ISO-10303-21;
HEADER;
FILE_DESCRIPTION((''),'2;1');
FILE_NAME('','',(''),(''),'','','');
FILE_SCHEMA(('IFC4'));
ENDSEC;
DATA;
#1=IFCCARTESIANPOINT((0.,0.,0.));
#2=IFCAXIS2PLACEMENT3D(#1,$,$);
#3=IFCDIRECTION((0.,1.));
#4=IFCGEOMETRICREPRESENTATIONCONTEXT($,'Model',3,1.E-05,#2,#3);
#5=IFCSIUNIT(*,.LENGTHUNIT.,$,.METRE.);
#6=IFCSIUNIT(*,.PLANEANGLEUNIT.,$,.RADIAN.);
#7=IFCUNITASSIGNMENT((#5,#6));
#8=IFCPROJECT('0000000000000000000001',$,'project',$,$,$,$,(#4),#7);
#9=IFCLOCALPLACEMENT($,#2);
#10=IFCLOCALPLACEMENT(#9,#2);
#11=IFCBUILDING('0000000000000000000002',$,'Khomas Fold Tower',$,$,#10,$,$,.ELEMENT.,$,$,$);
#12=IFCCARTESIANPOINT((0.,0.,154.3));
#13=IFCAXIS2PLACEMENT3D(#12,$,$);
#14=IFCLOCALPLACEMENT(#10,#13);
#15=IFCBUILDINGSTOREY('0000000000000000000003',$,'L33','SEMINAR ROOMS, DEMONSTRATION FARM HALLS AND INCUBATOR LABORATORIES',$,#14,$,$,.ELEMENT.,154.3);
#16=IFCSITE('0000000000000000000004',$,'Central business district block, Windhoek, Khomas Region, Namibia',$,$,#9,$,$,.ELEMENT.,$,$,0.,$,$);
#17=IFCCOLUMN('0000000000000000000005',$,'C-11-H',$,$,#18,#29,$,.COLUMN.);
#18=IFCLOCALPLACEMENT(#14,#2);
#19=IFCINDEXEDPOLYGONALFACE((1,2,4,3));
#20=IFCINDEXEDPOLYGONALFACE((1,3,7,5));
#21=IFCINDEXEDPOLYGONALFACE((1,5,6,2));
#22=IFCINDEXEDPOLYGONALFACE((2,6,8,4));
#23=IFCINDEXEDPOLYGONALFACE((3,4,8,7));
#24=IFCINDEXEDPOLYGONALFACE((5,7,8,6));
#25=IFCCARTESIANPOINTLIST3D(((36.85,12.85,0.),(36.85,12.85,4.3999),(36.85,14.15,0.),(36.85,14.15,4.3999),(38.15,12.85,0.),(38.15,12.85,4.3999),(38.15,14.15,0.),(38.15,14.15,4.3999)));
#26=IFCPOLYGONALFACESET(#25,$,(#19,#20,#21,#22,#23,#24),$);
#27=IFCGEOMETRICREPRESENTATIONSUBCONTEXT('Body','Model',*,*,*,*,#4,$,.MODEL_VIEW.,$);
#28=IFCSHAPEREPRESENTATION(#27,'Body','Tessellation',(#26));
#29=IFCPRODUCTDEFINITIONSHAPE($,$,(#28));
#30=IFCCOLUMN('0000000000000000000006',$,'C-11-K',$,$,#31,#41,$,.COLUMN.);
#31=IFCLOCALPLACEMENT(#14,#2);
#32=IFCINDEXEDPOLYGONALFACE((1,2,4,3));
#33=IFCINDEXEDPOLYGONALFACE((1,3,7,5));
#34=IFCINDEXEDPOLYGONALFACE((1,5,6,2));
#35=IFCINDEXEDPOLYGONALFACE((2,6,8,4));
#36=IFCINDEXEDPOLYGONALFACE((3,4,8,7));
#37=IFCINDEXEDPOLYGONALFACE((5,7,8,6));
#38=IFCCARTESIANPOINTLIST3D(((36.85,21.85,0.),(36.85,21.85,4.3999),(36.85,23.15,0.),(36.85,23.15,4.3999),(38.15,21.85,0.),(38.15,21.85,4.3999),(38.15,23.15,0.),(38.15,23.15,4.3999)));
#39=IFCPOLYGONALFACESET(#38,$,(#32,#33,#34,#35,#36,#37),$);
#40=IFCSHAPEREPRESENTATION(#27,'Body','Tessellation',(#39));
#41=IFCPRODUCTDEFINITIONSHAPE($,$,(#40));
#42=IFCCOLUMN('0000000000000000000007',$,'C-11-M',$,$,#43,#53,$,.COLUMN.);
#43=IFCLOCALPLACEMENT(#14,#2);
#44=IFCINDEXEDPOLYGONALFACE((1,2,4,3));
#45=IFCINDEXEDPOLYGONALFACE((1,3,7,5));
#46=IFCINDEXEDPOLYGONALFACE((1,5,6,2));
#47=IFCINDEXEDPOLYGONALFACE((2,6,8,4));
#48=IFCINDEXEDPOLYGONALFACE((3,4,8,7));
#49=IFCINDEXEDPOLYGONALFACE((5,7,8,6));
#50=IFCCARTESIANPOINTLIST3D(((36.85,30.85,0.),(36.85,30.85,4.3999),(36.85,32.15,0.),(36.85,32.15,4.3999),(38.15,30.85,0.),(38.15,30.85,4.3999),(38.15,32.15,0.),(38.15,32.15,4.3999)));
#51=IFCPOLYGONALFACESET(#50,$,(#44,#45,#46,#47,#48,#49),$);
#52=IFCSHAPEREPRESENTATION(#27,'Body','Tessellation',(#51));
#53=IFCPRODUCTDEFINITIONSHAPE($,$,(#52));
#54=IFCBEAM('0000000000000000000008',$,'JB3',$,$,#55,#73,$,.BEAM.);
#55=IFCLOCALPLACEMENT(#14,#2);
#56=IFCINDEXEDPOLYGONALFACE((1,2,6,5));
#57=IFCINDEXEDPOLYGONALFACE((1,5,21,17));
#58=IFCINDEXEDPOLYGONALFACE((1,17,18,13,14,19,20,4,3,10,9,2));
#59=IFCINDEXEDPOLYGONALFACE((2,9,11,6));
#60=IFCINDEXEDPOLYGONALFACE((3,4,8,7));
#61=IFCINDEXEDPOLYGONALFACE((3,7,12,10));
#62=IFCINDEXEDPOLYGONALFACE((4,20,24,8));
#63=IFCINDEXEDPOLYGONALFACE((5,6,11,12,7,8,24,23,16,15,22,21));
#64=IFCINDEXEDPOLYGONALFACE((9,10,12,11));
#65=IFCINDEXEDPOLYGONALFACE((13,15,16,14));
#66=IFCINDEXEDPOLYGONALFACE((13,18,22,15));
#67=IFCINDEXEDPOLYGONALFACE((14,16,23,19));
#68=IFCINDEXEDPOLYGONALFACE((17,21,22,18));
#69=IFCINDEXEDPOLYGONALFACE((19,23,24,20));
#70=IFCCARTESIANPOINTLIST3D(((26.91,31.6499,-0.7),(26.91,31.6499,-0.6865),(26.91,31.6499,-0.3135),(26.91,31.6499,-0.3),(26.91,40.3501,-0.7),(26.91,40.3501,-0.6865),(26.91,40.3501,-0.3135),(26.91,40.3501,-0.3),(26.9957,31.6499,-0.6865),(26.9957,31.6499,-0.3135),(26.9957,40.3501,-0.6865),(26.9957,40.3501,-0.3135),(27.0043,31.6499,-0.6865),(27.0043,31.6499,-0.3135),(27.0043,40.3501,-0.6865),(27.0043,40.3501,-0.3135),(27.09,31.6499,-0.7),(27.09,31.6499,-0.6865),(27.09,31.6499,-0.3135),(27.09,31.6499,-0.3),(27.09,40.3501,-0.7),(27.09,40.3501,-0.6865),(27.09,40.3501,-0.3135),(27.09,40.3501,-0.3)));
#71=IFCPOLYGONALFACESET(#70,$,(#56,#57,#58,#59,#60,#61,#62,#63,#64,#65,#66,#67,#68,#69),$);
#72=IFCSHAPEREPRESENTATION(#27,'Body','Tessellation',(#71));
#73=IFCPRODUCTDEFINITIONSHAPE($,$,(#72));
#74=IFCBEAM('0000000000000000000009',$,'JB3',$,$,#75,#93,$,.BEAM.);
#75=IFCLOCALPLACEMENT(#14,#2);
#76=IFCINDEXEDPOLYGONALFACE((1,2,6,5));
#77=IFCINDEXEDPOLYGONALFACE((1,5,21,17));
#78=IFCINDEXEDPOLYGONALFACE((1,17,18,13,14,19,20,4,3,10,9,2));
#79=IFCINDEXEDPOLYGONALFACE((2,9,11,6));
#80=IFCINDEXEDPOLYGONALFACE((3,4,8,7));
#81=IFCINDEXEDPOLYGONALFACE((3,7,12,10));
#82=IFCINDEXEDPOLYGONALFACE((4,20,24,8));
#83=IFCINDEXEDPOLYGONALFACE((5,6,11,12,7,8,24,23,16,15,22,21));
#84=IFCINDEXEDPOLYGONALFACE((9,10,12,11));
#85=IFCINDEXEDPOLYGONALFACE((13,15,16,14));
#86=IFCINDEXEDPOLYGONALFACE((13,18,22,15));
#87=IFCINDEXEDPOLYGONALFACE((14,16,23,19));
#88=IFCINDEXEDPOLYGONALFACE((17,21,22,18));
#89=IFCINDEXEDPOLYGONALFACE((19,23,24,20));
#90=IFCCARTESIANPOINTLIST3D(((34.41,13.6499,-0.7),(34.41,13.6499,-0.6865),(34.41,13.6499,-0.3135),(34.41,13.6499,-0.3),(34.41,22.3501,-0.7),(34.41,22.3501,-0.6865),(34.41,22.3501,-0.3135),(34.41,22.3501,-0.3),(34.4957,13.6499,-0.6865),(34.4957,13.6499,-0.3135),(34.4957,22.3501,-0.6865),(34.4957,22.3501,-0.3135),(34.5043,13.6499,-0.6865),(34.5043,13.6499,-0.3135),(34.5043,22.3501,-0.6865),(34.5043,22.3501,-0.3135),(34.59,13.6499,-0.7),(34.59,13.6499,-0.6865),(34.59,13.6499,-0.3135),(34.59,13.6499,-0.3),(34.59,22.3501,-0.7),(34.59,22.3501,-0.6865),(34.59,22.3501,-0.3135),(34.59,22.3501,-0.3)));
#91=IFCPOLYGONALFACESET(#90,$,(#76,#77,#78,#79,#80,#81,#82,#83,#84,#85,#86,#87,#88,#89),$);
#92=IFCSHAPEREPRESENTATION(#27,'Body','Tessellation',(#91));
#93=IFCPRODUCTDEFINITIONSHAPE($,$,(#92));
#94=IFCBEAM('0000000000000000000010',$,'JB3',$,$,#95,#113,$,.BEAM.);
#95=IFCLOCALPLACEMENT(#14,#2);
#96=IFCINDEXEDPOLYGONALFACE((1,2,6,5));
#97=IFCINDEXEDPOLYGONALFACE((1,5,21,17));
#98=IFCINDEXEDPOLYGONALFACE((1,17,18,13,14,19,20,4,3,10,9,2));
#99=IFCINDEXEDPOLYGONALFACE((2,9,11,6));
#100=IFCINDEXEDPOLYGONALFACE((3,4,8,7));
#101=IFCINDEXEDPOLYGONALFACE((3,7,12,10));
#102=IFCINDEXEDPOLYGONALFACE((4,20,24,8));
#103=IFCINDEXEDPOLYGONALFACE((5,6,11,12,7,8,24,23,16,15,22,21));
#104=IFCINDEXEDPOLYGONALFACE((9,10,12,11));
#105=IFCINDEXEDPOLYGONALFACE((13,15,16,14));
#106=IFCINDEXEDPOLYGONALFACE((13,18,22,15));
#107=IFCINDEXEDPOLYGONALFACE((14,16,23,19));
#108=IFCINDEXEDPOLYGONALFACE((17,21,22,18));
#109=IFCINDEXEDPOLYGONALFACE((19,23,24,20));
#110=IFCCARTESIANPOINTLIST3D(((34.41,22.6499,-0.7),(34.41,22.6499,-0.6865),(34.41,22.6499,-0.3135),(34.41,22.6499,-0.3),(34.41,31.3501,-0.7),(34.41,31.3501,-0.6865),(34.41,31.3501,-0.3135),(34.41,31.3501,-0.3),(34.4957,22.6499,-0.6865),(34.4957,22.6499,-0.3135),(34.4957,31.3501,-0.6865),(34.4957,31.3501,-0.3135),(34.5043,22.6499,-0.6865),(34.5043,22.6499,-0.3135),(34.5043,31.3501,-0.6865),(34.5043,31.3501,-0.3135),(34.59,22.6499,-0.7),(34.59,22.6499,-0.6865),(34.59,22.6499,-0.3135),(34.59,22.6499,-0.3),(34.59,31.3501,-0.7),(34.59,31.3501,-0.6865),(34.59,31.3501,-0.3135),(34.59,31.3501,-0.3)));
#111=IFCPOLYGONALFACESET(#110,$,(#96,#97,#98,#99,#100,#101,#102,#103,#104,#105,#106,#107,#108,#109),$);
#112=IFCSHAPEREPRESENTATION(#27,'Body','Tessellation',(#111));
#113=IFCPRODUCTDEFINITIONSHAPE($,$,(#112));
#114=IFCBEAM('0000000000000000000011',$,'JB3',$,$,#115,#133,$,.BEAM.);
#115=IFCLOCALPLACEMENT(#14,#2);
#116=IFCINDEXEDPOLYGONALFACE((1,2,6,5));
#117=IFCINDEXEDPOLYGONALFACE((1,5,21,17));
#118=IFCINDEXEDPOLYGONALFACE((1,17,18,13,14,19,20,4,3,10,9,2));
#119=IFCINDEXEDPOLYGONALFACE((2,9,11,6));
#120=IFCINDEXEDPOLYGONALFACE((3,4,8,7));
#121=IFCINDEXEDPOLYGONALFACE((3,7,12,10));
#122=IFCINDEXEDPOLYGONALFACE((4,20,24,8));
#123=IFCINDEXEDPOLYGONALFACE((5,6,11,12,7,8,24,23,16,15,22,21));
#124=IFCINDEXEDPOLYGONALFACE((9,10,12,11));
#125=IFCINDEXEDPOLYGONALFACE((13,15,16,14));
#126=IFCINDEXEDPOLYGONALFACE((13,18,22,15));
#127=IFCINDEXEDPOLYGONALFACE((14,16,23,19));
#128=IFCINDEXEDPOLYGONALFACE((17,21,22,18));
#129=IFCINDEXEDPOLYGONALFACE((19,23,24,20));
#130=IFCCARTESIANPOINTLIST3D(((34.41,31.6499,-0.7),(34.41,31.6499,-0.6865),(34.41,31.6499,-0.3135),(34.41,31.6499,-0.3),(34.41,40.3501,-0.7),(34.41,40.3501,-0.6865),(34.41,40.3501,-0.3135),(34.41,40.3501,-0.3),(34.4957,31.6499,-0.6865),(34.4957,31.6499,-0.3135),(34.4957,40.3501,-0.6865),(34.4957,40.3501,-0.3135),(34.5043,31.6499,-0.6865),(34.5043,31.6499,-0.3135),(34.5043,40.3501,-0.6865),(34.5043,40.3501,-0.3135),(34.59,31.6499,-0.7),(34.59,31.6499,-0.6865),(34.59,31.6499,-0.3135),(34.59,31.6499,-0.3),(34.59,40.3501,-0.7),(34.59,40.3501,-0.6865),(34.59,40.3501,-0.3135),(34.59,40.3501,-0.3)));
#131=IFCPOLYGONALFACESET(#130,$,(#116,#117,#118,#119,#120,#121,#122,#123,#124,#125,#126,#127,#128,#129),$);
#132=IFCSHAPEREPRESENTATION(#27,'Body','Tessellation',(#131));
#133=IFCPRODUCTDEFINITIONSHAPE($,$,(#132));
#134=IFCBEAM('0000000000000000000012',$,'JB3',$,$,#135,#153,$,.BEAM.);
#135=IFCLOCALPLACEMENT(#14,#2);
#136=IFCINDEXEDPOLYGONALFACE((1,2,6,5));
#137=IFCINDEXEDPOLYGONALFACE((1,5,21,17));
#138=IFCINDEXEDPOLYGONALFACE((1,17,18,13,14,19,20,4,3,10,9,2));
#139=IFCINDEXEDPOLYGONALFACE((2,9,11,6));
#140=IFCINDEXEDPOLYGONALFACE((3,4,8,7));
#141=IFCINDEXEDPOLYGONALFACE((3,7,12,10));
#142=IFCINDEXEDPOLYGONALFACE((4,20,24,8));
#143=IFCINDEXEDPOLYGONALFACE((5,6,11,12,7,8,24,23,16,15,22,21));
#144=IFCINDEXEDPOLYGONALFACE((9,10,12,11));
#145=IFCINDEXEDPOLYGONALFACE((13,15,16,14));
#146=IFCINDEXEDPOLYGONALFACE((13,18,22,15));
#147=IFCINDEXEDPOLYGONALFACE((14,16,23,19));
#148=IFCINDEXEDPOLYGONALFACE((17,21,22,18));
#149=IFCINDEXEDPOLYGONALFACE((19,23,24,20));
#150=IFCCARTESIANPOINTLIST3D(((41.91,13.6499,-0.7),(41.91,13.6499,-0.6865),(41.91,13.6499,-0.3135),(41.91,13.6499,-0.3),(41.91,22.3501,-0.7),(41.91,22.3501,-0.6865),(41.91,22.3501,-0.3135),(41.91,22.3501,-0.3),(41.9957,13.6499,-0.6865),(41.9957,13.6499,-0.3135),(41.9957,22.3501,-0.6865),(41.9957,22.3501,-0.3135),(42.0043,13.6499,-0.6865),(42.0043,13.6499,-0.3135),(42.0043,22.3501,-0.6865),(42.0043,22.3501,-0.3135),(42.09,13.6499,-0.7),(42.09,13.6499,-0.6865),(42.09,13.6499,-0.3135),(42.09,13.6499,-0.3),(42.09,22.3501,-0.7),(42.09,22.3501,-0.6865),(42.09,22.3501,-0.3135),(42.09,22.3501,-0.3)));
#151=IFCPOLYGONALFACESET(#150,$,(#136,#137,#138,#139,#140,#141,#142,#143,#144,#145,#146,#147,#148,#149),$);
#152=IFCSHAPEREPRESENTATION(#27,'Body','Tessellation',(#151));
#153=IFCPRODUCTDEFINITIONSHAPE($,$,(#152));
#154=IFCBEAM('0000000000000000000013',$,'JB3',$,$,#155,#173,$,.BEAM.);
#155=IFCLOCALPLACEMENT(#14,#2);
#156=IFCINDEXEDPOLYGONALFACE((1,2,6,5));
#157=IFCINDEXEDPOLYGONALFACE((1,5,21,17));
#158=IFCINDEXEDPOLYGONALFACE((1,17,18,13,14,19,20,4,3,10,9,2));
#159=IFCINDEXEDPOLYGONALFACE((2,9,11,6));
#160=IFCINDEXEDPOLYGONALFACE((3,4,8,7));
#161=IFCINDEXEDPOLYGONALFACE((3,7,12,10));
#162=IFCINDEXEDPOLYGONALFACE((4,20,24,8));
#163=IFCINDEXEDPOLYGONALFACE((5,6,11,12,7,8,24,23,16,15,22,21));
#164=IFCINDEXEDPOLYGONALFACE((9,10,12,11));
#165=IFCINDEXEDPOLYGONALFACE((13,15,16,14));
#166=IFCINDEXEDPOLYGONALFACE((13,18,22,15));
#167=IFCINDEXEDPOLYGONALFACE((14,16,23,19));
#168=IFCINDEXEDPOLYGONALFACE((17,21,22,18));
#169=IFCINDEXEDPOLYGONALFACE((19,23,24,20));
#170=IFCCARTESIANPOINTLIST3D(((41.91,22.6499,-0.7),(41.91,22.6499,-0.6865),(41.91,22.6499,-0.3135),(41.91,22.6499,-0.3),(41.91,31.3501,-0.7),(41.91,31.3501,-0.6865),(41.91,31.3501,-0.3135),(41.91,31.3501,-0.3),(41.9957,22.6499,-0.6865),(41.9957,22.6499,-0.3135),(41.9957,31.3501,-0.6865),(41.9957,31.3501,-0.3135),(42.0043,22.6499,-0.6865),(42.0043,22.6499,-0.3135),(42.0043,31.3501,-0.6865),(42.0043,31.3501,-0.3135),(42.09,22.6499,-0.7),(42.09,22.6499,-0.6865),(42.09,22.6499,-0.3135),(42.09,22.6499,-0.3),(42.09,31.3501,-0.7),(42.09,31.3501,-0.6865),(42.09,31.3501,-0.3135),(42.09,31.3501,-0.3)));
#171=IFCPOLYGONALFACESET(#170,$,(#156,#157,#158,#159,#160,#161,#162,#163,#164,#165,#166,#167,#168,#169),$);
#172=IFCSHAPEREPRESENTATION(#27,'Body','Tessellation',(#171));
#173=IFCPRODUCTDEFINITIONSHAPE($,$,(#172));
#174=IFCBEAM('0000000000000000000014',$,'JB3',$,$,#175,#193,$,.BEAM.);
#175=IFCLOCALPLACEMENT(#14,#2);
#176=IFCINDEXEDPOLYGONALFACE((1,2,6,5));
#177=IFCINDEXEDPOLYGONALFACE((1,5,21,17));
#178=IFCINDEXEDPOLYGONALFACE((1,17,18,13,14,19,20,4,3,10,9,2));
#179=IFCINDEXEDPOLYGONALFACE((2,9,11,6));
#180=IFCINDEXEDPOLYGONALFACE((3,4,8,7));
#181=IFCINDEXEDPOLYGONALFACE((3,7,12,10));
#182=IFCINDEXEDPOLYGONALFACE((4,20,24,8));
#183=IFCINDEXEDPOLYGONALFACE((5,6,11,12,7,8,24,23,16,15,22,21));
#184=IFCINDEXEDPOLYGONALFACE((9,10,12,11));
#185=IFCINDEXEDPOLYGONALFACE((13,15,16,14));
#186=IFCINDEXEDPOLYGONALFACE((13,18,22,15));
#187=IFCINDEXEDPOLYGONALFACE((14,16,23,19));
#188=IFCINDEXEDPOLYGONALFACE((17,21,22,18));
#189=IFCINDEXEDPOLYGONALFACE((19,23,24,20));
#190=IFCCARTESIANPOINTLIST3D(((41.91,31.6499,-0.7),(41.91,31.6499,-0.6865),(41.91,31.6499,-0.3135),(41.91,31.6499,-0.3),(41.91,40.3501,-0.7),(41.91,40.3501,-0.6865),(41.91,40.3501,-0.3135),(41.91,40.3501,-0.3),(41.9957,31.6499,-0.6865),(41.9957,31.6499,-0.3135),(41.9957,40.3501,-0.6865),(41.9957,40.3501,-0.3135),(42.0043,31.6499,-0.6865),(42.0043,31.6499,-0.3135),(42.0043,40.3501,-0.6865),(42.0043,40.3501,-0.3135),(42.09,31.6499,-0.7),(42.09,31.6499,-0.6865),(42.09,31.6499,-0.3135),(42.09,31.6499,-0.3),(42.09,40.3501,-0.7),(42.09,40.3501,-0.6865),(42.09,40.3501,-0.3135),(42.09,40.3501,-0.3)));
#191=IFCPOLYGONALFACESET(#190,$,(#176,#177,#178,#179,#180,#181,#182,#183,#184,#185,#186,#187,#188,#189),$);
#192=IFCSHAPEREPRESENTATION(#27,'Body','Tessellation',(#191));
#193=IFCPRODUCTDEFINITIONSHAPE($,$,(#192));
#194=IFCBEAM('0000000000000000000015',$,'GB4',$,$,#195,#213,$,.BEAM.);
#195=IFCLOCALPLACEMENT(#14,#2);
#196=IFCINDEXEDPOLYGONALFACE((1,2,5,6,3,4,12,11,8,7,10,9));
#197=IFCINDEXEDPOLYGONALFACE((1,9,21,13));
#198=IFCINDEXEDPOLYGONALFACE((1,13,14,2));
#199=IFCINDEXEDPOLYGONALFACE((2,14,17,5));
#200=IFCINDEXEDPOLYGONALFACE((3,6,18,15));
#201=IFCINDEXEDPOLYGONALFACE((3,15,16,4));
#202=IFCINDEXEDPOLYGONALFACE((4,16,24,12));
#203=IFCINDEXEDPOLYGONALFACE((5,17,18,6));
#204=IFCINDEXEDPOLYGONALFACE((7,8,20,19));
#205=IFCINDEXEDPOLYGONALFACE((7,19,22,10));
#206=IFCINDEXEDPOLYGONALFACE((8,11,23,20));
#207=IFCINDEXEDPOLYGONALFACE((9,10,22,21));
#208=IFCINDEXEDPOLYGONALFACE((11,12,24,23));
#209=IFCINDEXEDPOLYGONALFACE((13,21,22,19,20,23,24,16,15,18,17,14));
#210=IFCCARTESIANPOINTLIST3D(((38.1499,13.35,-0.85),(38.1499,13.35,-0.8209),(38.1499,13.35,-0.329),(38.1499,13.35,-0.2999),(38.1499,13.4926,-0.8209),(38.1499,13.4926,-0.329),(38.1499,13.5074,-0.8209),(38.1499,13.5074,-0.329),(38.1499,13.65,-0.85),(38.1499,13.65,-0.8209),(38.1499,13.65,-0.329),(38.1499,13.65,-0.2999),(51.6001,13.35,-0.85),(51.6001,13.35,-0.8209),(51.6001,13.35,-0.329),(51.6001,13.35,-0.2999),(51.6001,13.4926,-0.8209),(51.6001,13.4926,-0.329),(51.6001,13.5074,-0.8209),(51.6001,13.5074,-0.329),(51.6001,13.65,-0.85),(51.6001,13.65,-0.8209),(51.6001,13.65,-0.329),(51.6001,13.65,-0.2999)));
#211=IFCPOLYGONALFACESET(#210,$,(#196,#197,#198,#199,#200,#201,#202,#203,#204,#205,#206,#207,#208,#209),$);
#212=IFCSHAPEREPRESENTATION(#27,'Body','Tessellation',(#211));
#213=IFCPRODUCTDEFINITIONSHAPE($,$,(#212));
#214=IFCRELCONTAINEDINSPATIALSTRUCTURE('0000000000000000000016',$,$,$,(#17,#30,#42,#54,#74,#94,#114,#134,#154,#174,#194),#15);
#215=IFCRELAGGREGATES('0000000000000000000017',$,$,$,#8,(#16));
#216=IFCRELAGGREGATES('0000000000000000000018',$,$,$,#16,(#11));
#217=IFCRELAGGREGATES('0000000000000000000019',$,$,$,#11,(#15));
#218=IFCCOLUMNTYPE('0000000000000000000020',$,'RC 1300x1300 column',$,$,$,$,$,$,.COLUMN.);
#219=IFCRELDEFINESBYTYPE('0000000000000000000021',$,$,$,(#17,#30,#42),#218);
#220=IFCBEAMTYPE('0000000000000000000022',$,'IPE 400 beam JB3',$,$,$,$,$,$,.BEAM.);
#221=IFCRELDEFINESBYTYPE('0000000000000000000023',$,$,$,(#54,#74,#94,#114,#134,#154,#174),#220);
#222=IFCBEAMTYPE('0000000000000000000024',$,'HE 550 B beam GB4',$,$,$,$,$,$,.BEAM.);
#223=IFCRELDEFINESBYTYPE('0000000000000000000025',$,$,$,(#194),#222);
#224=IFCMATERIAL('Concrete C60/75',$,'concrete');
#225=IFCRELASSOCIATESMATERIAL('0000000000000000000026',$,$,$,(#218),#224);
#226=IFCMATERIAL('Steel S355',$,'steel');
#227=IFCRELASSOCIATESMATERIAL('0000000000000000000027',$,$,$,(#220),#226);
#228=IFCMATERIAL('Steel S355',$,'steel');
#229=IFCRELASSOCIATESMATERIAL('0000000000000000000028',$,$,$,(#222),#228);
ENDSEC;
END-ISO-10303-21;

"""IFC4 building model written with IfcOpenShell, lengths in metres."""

from ifc_helpers import new_model, si_unit, direction, frame, origin, origin_2d, place, context, subcontext, project, spatial, rectangle, i_section, extrude, source, transform, mapped, material, material_profile, profile_set, type_object, element, save


model = new_model("IFC4")

# Units and contexts
model_context = context("Model", 3, precision=1e-05, world=origin(), true_north=direction((0.0, 1.0)))
body_context = subcontext(model_context, "Body", "Model", "MODEL_VIEW")
ifc_project = project(units=[si_unit("LENGTHUNIT", "METRE"), si_unit("PLANEANGLEUNIT", "RADIAN")], contexts=[model_context])

# Site, building, storey
site_placement = place(None, origin())
site = spatial("IfcSite", under=ifc_project, at=site_placement, Name="Central business district block, Windhoek, Khomas Region, Namibia", CompositionType="ELEMENT", RefElevation=0.0)
building_placement = place(site_placement, origin())
building = spatial("IfcBuilding", under=site, at=building_placement, Name="Khomas Fold Tower", CompositionType="ELEMENT")
storey_placement = place(building_placement, frame((0.0, 0.0, 154.3)))
storey = spatial("IfcBuildingStorey", under=building, at=storey_placement, Name="L33", Description="SEMINAR ROOMS, DEMONSTRATION FARM HALLS AND INCUBATOR LABORATORIES", CompositionType="ELEMENT", Elevation=154.3)

# Columns
ifc_material_1 = material(Name="Concrete C60/75", Category="concrete")
ifc_material_profile_1 = material_profile(ifc_material_1, rectangle(XDim=1.3, YDim=1.3, at=origin_2d()), Name="RC 1300x1300")
ifc_profile_set_1 = profile_set([ifc_material_profile_1], Name="Concrete C60/75")
column_type = type_object("IfcColumnType", Name="RC 1300x1300 column", PredefinedType="COLUMN", material=ifc_profile_set_1)
shared_shape_1 = source(origin(), body_context, "Body", "SweptSolid", [
    extrude(rectangle(XDim=1.3, YDim=1.3, at=origin_2d()), origin(), (0.0, 0.0, 1.0), 4.3999),
])
for number, where, z_axis, x_axis, name in (
    (1, (37.5, 13.5, 0.0), (0.0, 0.0, 1.0), (1.0, 0.0, 0.0), "C-11-H"),
    (2, (37.5, 22.5, 0.0), (0.0, 0.0, 1.0), (1.0, 0.0, 0.0), "C-11-K"),
    (3, (37.5, 31.5, 0.0), (0.0, 0.0, 1.0), (1.0, 0.0, 0.0), "C-11-M"),
):
    element("IfcColumn", number, at=place(storey_placement, frame(where, z_axis=z_axis, x_axis=x_axis)), inside=storey, type_object=column_type, Name=name, PredefinedType="COLUMN", context=body_context, shape_type="MappedRepresentation", body=[
        mapped(shared_shape_1, transform((0.0, 0.0, 0.0))),
    ])

# Beams
ifc_material_2 = material(Name="Steel S355", Category="steel")
ifc_material_profile_2 = material_profile(ifc_material_2, i_section(OverallWidth=0.1799, OverallDepth=0.3999, WebThickness=0.0085, FlangeThickness=0.0134, at=origin_2d()), Name="IPE 400")
ifc_profile_set_2 = profile_set([ifc_material_profile_2], Name="Steel S355")
beam_type_1 = type_object("IfcBeamType", Name="IPE 400 beam JB3", PredefinedType="BEAM", material=ifc_profile_set_2)
shared_shape_2 = source(origin(), body_context, "Body", "SweptSolid", [
    extrude(i_section(OverallWidth=0.1799, OverallDepth=0.3999, WebThickness=0.0085, FlangeThickness=0.0134, at=origin_2d()), origin(), (0.0, 0.0, 1.0), 8.7002),
])
for number, where, z_axis, x_axis, name in (
    (4, (27.0, 31.6499, -0.5), (0.0, 1.0, 0.0), (-1.0, 0.0, 0.0), "JB3"),
    (5, (34.5, 13.6499, -0.5), (0.0, 1.0, 0.0), (-1.0, 0.0, 0.0), "JB3"),
    (6, (34.5, 22.6499, -0.5), (0.0, 1.0, 0.0), (-1.0, 0.0, 0.0), "JB3"),
    (7, (34.5, 31.6499, -0.5), (0.0, 1.0, 0.0), (-1.0, 0.0, 0.0), "JB3"),
    (8, (42.0, 13.6499, -0.5), (0.0, 1.0, 0.0), (-1.0, 0.0, 0.0), "JB3"),
    (9, (42.0, 22.6499, -0.5), (0.0, 1.0, 0.0), (-1.0, 0.0, 0.0), "JB3"),
    (10, (42.0, 31.6499, -0.5), (0.0, 1.0, 0.0), (-1.0, 0.0, 0.0), "JB3"),
):
    element("IfcBeam", number, at=place(storey_placement, frame(where, z_axis=z_axis, x_axis=x_axis)), inside=storey, type_object=beam_type_1, Name=name, PredefinedType="BEAM", context=body_context, shape_type="MappedRepresentation", body=[
        mapped(shared_shape_2, transform((0.0, 0.0, 0.0))),
    ])
ifc_material_3 = material(Name="Steel S355", Category="steel")
ifc_material_profile_3 = material_profile(ifc_material_3, i_section(OverallWidth=0.3, OverallDepth=0.55, WebThickness=0.0149, FlangeThickness=0.0291, at=origin_2d()), Name="HE 550 B")
ifc_profile_set_3 = profile_set([ifc_material_profile_3], Name="Steel S355")
beam_type_2 = type_object("IfcBeamType", Name="HE 550 B beam GB4", PredefinedType="BEAM", material=ifc_profile_set_3)
shared_shape_3 = source(origin(), body_context, "Body", "SweptSolid", [
    extrude(i_section(OverallWidth=0.3, OverallDepth=0.55, WebThickness=0.0149, FlangeThickness=0.0291, at=origin_2d()), origin(), (0.0, 0.0, 1.0), 13.4502),
])
for number, where, z_axis, x_axis, name in (
    (11, (38.1499, 13.5, -0.575), (1.0, 0.0, 0.0), (0.0, 1.0, 0.0), "GB4"),
):
    element("IfcBeam", number, at=place(storey_placement, frame(where, z_axis=z_axis, x_axis=x_axis)), inside=storey, type_object=beam_type_2, Name=name, PredefinedType="BEAM", context=body_context, shape_type="MappedRepresentation", body=[
        mapped(shared_shape_3, transform((0.0, 0.0, 0.0))),
    ])

save(model, "model.ifc")
